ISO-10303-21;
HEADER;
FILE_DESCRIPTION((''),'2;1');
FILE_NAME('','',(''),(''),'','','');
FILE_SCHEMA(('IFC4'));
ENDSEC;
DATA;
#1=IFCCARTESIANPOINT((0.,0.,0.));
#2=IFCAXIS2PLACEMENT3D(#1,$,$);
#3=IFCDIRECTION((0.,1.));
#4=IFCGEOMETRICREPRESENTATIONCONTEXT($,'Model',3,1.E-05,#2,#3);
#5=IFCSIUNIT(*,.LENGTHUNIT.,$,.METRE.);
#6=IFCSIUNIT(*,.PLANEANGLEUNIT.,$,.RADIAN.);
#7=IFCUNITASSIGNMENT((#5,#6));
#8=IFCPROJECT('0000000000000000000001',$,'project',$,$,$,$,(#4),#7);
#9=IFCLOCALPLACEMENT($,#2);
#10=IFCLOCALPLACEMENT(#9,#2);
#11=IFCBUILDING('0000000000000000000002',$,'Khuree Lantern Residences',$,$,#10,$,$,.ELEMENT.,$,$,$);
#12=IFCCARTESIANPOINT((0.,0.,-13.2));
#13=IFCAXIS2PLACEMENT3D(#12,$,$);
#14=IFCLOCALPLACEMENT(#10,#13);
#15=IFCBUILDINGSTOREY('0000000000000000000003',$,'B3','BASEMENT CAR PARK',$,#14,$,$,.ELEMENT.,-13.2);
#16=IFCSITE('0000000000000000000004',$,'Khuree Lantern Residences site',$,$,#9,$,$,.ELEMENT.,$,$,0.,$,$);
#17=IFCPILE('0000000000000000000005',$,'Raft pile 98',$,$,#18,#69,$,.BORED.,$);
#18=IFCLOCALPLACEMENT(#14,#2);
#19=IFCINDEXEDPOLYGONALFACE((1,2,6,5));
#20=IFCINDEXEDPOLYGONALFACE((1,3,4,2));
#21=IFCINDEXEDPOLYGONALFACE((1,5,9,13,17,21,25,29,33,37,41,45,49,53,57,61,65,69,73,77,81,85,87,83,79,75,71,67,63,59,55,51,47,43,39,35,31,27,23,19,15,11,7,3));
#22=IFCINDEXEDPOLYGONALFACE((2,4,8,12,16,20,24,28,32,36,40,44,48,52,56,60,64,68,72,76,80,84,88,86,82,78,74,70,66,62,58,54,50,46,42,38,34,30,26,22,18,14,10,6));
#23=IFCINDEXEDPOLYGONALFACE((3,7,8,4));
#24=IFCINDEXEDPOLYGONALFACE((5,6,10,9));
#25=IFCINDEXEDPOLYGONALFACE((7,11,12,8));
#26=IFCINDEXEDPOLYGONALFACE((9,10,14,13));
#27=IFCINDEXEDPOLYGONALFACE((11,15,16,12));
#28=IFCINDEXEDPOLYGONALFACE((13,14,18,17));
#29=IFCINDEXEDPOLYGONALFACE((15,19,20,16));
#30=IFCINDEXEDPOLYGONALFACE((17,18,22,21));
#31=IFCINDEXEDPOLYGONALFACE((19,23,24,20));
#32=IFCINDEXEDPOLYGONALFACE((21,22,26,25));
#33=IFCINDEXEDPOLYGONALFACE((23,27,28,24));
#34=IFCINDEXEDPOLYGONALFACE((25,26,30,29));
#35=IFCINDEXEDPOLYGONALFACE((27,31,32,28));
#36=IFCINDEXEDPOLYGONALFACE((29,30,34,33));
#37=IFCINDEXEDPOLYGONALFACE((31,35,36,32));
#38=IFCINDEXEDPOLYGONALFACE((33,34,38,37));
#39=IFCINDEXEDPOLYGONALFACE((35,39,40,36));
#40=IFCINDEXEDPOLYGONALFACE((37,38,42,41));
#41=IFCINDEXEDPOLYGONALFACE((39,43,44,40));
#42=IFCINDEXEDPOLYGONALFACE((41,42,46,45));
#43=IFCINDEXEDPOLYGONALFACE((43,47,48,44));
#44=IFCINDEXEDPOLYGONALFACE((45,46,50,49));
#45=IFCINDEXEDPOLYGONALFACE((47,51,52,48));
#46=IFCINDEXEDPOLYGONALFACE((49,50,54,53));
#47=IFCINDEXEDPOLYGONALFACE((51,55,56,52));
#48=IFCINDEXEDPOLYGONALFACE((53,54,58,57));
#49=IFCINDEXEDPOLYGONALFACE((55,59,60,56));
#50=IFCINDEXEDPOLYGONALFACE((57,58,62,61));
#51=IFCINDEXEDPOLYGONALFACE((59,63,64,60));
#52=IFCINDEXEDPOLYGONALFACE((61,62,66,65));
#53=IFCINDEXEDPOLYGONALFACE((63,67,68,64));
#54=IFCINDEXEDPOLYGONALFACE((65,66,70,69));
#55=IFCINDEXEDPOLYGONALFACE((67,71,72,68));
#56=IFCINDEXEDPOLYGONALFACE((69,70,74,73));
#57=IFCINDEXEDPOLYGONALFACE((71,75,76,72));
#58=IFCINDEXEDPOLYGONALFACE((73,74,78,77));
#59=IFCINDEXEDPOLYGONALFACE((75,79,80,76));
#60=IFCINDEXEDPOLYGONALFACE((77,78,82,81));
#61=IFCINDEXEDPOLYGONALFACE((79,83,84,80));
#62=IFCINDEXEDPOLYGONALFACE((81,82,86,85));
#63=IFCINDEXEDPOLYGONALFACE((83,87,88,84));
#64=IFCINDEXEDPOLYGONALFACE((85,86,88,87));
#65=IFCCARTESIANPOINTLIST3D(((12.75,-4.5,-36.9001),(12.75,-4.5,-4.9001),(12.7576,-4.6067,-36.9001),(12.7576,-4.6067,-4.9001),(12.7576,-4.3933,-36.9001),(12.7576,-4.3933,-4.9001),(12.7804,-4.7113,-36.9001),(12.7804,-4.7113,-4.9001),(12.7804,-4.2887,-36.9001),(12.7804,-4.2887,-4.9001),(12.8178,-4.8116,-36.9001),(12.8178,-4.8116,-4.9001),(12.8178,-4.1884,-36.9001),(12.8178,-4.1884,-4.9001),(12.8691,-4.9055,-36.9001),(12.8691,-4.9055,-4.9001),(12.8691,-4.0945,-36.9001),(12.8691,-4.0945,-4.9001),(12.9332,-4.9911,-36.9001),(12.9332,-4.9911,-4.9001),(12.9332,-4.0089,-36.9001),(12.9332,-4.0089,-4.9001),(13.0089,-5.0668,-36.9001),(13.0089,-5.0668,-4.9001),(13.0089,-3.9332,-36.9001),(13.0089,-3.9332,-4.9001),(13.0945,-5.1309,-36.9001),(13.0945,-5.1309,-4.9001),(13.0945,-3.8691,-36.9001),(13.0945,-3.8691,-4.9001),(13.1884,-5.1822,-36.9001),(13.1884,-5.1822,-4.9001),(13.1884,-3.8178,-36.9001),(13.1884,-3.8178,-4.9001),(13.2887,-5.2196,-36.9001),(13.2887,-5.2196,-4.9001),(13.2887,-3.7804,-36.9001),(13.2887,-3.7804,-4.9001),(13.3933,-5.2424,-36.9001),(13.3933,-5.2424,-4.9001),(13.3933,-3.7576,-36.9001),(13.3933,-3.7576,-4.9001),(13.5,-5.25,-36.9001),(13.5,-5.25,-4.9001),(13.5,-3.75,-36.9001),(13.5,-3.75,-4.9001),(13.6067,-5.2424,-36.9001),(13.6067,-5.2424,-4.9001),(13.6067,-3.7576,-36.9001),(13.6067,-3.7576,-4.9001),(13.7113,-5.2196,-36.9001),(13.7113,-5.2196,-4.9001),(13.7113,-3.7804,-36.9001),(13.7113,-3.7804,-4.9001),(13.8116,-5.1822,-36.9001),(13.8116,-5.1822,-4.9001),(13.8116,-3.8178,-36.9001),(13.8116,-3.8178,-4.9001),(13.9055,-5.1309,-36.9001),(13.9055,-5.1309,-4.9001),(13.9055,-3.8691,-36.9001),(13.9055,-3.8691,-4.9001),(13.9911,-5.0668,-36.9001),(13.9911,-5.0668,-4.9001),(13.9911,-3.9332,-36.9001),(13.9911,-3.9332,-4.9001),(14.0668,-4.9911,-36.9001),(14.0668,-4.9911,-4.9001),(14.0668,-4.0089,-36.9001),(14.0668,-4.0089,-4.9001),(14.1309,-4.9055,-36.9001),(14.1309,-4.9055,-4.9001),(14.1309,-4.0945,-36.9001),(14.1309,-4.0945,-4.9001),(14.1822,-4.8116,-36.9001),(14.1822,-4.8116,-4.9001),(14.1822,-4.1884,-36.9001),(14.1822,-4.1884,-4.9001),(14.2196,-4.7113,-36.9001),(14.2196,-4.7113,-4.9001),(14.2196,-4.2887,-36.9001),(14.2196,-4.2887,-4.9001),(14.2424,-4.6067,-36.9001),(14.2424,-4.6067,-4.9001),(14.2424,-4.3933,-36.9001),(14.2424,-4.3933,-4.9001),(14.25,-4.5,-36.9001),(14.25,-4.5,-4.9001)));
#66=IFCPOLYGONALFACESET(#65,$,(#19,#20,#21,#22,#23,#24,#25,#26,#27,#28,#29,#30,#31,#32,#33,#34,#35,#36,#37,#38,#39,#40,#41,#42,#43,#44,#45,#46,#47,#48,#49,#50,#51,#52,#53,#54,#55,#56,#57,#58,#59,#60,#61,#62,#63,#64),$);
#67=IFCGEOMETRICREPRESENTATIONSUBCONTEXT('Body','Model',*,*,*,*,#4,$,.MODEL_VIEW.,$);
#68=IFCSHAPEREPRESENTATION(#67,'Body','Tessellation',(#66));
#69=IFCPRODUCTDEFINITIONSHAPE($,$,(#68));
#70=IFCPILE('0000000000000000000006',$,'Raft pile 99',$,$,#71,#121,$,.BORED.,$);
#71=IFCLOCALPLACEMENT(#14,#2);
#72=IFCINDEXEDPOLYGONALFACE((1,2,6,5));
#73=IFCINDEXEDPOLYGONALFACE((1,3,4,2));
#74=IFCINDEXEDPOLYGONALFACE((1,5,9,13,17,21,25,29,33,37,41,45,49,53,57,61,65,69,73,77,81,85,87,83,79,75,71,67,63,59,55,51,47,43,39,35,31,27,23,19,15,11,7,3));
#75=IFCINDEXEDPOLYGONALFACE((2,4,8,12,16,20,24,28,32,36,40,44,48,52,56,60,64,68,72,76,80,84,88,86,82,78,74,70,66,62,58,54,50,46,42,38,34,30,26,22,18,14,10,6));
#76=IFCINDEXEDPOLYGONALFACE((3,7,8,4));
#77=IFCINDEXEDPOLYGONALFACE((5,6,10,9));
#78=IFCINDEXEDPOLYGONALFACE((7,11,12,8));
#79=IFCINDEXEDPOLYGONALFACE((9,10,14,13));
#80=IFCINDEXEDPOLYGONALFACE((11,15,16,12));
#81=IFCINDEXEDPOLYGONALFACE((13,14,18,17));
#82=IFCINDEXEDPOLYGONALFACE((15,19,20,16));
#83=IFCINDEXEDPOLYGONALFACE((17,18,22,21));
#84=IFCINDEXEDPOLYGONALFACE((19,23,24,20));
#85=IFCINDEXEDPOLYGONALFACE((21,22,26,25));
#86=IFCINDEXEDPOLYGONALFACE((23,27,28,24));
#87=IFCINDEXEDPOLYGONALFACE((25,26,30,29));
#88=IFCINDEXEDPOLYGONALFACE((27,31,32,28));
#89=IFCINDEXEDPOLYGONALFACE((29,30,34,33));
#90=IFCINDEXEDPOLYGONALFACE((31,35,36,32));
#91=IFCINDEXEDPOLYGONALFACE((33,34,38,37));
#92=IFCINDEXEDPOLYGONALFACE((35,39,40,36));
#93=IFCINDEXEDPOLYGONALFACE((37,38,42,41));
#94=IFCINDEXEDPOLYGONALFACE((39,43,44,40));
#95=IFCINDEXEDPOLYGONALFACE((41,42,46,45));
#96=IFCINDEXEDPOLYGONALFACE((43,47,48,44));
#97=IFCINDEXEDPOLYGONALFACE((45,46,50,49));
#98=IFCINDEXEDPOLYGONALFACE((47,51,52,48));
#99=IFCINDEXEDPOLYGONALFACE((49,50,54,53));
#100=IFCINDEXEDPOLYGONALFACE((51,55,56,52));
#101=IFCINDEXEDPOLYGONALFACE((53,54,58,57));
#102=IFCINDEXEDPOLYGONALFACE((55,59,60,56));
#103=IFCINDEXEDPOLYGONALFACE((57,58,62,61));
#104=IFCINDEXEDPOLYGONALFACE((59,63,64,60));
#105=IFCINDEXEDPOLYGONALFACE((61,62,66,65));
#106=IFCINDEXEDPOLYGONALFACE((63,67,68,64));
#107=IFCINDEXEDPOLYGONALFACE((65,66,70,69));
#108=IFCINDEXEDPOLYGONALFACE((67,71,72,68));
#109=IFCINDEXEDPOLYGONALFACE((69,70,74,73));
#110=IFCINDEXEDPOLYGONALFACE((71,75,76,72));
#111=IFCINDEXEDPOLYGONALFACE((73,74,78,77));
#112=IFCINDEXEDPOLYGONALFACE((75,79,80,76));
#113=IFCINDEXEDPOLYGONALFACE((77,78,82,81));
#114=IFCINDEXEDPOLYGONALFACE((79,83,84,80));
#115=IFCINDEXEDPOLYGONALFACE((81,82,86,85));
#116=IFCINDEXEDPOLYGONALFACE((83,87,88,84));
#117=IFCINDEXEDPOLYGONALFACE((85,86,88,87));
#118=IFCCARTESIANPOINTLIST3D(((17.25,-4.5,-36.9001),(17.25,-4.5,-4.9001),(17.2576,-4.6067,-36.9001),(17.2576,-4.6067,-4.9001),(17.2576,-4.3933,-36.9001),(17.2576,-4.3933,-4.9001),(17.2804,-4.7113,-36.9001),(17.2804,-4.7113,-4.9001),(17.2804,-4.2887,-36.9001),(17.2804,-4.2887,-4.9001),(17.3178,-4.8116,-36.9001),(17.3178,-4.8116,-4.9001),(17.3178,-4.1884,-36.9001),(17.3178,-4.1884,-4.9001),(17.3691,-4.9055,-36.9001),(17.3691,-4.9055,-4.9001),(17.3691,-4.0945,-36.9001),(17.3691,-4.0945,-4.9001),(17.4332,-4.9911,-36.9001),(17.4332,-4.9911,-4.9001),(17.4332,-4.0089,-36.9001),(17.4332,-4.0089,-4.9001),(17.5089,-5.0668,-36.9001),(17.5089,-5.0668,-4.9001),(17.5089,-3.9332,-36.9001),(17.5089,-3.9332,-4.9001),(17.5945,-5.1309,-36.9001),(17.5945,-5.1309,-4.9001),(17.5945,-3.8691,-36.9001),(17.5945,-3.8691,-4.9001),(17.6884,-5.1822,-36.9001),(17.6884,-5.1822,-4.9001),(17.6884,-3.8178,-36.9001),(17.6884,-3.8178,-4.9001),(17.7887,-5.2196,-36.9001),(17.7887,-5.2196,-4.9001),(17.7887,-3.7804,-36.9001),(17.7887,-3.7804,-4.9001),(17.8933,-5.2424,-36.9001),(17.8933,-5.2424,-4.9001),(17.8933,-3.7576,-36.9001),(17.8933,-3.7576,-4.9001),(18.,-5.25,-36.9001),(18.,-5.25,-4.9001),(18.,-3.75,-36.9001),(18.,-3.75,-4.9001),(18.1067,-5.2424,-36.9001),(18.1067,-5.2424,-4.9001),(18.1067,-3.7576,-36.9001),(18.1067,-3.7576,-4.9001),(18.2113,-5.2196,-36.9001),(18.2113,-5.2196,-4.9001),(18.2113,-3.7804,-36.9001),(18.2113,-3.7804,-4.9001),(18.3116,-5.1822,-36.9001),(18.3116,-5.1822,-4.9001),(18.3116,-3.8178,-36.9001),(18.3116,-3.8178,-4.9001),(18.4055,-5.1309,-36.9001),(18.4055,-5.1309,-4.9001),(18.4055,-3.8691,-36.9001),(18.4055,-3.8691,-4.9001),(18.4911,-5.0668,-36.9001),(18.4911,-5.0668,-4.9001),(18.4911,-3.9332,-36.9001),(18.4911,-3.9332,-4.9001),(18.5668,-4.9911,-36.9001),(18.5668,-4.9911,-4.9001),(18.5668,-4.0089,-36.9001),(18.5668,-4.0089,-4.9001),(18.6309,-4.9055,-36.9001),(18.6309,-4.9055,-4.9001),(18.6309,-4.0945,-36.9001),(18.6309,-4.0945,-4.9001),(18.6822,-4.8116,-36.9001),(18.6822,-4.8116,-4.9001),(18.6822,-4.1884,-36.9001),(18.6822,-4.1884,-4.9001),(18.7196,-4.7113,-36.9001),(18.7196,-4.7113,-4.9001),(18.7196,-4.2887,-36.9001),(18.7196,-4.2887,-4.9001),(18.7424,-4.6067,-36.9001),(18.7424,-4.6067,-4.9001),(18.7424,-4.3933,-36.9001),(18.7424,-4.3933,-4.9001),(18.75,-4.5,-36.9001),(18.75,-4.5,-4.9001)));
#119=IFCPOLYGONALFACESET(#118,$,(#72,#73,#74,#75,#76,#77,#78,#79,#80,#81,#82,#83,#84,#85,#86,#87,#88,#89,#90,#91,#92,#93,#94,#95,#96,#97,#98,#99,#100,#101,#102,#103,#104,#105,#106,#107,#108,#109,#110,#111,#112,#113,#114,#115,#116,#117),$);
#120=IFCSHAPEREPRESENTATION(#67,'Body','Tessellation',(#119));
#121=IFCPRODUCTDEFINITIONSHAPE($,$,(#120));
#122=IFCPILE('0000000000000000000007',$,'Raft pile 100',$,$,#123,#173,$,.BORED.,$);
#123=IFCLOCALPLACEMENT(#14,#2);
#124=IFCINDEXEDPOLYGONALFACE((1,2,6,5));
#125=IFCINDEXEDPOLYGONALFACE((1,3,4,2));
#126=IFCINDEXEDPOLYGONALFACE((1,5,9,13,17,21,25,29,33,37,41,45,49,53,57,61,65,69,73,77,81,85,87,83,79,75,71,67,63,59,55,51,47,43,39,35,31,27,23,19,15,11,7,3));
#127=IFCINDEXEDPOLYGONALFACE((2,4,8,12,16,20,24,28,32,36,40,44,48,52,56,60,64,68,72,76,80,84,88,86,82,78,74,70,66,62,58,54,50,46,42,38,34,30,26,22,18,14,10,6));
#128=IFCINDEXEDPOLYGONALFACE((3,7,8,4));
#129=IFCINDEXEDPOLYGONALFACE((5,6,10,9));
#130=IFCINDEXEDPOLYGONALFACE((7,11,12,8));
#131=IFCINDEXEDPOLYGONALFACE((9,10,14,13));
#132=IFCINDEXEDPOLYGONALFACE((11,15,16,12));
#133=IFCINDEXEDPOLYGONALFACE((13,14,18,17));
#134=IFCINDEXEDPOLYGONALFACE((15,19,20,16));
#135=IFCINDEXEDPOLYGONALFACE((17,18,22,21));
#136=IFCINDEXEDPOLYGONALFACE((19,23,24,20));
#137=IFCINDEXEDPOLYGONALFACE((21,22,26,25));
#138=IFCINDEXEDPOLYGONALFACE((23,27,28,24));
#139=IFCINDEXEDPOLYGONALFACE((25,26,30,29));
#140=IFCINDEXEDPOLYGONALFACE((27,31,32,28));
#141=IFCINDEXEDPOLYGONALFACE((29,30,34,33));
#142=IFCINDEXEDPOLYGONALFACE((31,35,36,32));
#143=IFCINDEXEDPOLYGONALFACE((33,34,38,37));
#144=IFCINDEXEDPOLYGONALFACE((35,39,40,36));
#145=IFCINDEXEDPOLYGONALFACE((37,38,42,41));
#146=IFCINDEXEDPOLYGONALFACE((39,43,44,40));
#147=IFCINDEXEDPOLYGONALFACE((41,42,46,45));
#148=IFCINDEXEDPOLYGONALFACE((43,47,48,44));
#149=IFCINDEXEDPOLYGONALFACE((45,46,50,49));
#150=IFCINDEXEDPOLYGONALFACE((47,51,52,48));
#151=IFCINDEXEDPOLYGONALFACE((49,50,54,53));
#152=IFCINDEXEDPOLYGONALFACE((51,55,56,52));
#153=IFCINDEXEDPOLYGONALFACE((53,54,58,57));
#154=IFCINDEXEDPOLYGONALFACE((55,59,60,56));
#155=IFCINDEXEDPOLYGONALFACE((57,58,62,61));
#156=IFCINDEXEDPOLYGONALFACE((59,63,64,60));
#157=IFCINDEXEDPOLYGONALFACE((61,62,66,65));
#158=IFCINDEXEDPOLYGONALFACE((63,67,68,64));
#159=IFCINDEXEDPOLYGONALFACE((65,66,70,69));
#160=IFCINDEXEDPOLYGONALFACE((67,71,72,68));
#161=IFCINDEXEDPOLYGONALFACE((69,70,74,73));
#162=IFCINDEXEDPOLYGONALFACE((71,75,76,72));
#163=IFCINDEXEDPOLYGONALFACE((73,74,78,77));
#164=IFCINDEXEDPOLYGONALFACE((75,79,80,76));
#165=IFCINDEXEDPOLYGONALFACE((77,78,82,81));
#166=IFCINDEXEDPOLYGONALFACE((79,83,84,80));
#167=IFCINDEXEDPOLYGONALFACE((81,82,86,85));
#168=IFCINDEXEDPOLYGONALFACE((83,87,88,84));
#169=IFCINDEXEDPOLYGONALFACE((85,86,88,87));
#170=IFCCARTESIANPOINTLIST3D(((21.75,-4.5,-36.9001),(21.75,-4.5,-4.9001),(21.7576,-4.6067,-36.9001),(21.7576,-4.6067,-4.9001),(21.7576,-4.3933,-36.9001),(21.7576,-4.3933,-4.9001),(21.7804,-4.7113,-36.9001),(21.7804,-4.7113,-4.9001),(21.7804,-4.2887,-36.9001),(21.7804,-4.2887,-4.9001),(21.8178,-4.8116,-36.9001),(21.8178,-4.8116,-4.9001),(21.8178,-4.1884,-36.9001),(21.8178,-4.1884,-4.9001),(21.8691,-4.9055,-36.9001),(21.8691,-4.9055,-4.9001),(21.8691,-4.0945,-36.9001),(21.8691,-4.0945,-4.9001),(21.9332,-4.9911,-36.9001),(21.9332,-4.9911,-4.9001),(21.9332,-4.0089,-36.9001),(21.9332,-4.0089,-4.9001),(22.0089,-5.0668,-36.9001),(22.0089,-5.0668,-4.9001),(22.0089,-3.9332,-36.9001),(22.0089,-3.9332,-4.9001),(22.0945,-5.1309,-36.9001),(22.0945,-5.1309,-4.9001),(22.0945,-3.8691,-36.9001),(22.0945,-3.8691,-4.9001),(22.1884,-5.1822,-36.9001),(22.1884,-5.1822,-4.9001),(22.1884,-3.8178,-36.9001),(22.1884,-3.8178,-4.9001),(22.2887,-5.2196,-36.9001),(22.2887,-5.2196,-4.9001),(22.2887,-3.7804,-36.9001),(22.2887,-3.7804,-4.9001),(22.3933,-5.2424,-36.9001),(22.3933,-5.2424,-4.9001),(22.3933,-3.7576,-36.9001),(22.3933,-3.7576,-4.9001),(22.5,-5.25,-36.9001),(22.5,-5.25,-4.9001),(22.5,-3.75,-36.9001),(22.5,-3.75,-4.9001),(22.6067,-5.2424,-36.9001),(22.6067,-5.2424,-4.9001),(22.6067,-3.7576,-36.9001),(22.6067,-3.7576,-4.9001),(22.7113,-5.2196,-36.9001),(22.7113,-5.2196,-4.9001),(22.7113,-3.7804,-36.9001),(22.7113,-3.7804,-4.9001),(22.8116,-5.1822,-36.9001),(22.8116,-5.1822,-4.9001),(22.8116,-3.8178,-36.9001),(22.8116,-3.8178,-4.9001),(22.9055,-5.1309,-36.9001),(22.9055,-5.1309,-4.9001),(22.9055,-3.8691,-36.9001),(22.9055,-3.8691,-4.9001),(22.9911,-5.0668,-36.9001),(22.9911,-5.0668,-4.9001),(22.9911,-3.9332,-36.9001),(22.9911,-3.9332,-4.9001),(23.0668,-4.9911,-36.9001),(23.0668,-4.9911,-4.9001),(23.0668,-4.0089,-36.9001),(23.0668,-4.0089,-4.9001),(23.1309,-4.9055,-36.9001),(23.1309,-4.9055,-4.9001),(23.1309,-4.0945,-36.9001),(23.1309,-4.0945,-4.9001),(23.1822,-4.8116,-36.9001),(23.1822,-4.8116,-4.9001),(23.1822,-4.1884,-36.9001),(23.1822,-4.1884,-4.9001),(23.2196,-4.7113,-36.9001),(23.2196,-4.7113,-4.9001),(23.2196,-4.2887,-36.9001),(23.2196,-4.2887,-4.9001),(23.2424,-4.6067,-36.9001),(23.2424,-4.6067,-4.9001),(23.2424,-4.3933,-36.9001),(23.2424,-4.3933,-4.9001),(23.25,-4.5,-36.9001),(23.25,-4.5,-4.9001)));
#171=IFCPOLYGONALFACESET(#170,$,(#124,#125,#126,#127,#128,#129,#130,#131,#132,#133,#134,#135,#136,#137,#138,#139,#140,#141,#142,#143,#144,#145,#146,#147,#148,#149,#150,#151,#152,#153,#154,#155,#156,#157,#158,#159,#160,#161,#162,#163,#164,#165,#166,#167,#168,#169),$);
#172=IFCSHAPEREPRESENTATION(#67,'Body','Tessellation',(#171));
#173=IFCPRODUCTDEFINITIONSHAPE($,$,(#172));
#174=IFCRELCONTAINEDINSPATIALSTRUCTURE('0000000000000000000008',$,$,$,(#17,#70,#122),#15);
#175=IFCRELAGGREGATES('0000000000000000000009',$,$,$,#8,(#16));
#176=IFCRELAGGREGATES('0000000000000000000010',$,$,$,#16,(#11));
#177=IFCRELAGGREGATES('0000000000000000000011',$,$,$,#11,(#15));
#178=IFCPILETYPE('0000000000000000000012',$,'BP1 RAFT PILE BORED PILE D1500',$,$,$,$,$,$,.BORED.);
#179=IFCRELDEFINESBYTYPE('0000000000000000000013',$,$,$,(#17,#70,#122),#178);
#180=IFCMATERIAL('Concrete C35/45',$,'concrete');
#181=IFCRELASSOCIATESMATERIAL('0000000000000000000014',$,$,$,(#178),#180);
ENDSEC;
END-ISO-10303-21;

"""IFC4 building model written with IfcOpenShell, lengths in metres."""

from ifc_helpers import new_model, si_unit, direction, frame, origin, origin_2d, place, context, subcontext, project, spatial, circle, extrude, material, material_profile, profile_set, type_object, element, save


model = new_model("IFC4")

# Units and contexts
model_context = context("Model", 3, precision=1e-05, world=origin(), true_north=direction((0.0, 1.0)))
body_context = subcontext(model_context, "Body", "Model", "MODEL_VIEW")
ifc_project = project(units=[si_unit("LENGTHUNIT", "METRE"), si_unit("PLANEANGLEUNIT", "RADIAN")], contexts=[model_context])

# Site, building, storey
site_placement = place(None, origin())
site = spatial("IfcSite", under=ifc_project, at=site_placement, Name="Khuree Lantern Residences site", CompositionType="ELEMENT", RefElevation=0.0)
building_placement = place(site_placement, origin())
building = spatial("IfcBuilding", under=site, at=building_placement, Name="Khuree Lantern Residences", CompositionType="ELEMENT")
storey_placement = place(building_placement, frame((0.0, 0.0, -13.2)))
storey = spatial("IfcBuildingStorey", under=building, at=storey_placement, Name="B3", Description="BASEMENT CAR PARK", CompositionType="ELEMENT", Elevation=-13.2)

# Piles
ifc_material_1 = material(Name="Concrete C35/45", Category="concrete")
ifc_material_profile = material_profile(ifc_material_1, circle(Radius=0.75, at=origin_2d()), Name="BORED PILE D1500")
ifc_profile_set = profile_set([ifc_material_profile], Name="Concrete C35/45")
pile_type = type_object("IfcPileType", Name="BP1 RAFT PILE BORED PILE D1500", PredefinedType="BORED", material=ifc_profile_set)
for number, where, z_axis, x_axis, name in (
    (1, (13.5, -4.5, -4.9001), (0.0, 0.0, -1.0), (1.0, 0.0, 0.0), "Raft pile 98"),
    (2, (18.0, -4.5, -4.9001), (0.0, 0.0, -1.0), (1.0, 0.0, 0.0), "Raft pile 99"),
    (3, (22.5, -4.5, -4.9001), (0.0, 0.0, -1.0), (1.0, 0.0, 0.0), "Raft pile 100"),
):
    element("IfcPile", number, at=place(storey_placement, frame(where, z_axis=z_axis, x_axis=x_axis)), inside=storey, type_object=pile_type, Name=name, PredefinedType="BORED", context=body_context, shape_type="SweptSolid", body=[
        extrude(circle(Radius=0.75, at=origin_2d()), origin(), (0.0, 0.0, 1.0), 32.0),
    ])

save(model, "model.ifc")
